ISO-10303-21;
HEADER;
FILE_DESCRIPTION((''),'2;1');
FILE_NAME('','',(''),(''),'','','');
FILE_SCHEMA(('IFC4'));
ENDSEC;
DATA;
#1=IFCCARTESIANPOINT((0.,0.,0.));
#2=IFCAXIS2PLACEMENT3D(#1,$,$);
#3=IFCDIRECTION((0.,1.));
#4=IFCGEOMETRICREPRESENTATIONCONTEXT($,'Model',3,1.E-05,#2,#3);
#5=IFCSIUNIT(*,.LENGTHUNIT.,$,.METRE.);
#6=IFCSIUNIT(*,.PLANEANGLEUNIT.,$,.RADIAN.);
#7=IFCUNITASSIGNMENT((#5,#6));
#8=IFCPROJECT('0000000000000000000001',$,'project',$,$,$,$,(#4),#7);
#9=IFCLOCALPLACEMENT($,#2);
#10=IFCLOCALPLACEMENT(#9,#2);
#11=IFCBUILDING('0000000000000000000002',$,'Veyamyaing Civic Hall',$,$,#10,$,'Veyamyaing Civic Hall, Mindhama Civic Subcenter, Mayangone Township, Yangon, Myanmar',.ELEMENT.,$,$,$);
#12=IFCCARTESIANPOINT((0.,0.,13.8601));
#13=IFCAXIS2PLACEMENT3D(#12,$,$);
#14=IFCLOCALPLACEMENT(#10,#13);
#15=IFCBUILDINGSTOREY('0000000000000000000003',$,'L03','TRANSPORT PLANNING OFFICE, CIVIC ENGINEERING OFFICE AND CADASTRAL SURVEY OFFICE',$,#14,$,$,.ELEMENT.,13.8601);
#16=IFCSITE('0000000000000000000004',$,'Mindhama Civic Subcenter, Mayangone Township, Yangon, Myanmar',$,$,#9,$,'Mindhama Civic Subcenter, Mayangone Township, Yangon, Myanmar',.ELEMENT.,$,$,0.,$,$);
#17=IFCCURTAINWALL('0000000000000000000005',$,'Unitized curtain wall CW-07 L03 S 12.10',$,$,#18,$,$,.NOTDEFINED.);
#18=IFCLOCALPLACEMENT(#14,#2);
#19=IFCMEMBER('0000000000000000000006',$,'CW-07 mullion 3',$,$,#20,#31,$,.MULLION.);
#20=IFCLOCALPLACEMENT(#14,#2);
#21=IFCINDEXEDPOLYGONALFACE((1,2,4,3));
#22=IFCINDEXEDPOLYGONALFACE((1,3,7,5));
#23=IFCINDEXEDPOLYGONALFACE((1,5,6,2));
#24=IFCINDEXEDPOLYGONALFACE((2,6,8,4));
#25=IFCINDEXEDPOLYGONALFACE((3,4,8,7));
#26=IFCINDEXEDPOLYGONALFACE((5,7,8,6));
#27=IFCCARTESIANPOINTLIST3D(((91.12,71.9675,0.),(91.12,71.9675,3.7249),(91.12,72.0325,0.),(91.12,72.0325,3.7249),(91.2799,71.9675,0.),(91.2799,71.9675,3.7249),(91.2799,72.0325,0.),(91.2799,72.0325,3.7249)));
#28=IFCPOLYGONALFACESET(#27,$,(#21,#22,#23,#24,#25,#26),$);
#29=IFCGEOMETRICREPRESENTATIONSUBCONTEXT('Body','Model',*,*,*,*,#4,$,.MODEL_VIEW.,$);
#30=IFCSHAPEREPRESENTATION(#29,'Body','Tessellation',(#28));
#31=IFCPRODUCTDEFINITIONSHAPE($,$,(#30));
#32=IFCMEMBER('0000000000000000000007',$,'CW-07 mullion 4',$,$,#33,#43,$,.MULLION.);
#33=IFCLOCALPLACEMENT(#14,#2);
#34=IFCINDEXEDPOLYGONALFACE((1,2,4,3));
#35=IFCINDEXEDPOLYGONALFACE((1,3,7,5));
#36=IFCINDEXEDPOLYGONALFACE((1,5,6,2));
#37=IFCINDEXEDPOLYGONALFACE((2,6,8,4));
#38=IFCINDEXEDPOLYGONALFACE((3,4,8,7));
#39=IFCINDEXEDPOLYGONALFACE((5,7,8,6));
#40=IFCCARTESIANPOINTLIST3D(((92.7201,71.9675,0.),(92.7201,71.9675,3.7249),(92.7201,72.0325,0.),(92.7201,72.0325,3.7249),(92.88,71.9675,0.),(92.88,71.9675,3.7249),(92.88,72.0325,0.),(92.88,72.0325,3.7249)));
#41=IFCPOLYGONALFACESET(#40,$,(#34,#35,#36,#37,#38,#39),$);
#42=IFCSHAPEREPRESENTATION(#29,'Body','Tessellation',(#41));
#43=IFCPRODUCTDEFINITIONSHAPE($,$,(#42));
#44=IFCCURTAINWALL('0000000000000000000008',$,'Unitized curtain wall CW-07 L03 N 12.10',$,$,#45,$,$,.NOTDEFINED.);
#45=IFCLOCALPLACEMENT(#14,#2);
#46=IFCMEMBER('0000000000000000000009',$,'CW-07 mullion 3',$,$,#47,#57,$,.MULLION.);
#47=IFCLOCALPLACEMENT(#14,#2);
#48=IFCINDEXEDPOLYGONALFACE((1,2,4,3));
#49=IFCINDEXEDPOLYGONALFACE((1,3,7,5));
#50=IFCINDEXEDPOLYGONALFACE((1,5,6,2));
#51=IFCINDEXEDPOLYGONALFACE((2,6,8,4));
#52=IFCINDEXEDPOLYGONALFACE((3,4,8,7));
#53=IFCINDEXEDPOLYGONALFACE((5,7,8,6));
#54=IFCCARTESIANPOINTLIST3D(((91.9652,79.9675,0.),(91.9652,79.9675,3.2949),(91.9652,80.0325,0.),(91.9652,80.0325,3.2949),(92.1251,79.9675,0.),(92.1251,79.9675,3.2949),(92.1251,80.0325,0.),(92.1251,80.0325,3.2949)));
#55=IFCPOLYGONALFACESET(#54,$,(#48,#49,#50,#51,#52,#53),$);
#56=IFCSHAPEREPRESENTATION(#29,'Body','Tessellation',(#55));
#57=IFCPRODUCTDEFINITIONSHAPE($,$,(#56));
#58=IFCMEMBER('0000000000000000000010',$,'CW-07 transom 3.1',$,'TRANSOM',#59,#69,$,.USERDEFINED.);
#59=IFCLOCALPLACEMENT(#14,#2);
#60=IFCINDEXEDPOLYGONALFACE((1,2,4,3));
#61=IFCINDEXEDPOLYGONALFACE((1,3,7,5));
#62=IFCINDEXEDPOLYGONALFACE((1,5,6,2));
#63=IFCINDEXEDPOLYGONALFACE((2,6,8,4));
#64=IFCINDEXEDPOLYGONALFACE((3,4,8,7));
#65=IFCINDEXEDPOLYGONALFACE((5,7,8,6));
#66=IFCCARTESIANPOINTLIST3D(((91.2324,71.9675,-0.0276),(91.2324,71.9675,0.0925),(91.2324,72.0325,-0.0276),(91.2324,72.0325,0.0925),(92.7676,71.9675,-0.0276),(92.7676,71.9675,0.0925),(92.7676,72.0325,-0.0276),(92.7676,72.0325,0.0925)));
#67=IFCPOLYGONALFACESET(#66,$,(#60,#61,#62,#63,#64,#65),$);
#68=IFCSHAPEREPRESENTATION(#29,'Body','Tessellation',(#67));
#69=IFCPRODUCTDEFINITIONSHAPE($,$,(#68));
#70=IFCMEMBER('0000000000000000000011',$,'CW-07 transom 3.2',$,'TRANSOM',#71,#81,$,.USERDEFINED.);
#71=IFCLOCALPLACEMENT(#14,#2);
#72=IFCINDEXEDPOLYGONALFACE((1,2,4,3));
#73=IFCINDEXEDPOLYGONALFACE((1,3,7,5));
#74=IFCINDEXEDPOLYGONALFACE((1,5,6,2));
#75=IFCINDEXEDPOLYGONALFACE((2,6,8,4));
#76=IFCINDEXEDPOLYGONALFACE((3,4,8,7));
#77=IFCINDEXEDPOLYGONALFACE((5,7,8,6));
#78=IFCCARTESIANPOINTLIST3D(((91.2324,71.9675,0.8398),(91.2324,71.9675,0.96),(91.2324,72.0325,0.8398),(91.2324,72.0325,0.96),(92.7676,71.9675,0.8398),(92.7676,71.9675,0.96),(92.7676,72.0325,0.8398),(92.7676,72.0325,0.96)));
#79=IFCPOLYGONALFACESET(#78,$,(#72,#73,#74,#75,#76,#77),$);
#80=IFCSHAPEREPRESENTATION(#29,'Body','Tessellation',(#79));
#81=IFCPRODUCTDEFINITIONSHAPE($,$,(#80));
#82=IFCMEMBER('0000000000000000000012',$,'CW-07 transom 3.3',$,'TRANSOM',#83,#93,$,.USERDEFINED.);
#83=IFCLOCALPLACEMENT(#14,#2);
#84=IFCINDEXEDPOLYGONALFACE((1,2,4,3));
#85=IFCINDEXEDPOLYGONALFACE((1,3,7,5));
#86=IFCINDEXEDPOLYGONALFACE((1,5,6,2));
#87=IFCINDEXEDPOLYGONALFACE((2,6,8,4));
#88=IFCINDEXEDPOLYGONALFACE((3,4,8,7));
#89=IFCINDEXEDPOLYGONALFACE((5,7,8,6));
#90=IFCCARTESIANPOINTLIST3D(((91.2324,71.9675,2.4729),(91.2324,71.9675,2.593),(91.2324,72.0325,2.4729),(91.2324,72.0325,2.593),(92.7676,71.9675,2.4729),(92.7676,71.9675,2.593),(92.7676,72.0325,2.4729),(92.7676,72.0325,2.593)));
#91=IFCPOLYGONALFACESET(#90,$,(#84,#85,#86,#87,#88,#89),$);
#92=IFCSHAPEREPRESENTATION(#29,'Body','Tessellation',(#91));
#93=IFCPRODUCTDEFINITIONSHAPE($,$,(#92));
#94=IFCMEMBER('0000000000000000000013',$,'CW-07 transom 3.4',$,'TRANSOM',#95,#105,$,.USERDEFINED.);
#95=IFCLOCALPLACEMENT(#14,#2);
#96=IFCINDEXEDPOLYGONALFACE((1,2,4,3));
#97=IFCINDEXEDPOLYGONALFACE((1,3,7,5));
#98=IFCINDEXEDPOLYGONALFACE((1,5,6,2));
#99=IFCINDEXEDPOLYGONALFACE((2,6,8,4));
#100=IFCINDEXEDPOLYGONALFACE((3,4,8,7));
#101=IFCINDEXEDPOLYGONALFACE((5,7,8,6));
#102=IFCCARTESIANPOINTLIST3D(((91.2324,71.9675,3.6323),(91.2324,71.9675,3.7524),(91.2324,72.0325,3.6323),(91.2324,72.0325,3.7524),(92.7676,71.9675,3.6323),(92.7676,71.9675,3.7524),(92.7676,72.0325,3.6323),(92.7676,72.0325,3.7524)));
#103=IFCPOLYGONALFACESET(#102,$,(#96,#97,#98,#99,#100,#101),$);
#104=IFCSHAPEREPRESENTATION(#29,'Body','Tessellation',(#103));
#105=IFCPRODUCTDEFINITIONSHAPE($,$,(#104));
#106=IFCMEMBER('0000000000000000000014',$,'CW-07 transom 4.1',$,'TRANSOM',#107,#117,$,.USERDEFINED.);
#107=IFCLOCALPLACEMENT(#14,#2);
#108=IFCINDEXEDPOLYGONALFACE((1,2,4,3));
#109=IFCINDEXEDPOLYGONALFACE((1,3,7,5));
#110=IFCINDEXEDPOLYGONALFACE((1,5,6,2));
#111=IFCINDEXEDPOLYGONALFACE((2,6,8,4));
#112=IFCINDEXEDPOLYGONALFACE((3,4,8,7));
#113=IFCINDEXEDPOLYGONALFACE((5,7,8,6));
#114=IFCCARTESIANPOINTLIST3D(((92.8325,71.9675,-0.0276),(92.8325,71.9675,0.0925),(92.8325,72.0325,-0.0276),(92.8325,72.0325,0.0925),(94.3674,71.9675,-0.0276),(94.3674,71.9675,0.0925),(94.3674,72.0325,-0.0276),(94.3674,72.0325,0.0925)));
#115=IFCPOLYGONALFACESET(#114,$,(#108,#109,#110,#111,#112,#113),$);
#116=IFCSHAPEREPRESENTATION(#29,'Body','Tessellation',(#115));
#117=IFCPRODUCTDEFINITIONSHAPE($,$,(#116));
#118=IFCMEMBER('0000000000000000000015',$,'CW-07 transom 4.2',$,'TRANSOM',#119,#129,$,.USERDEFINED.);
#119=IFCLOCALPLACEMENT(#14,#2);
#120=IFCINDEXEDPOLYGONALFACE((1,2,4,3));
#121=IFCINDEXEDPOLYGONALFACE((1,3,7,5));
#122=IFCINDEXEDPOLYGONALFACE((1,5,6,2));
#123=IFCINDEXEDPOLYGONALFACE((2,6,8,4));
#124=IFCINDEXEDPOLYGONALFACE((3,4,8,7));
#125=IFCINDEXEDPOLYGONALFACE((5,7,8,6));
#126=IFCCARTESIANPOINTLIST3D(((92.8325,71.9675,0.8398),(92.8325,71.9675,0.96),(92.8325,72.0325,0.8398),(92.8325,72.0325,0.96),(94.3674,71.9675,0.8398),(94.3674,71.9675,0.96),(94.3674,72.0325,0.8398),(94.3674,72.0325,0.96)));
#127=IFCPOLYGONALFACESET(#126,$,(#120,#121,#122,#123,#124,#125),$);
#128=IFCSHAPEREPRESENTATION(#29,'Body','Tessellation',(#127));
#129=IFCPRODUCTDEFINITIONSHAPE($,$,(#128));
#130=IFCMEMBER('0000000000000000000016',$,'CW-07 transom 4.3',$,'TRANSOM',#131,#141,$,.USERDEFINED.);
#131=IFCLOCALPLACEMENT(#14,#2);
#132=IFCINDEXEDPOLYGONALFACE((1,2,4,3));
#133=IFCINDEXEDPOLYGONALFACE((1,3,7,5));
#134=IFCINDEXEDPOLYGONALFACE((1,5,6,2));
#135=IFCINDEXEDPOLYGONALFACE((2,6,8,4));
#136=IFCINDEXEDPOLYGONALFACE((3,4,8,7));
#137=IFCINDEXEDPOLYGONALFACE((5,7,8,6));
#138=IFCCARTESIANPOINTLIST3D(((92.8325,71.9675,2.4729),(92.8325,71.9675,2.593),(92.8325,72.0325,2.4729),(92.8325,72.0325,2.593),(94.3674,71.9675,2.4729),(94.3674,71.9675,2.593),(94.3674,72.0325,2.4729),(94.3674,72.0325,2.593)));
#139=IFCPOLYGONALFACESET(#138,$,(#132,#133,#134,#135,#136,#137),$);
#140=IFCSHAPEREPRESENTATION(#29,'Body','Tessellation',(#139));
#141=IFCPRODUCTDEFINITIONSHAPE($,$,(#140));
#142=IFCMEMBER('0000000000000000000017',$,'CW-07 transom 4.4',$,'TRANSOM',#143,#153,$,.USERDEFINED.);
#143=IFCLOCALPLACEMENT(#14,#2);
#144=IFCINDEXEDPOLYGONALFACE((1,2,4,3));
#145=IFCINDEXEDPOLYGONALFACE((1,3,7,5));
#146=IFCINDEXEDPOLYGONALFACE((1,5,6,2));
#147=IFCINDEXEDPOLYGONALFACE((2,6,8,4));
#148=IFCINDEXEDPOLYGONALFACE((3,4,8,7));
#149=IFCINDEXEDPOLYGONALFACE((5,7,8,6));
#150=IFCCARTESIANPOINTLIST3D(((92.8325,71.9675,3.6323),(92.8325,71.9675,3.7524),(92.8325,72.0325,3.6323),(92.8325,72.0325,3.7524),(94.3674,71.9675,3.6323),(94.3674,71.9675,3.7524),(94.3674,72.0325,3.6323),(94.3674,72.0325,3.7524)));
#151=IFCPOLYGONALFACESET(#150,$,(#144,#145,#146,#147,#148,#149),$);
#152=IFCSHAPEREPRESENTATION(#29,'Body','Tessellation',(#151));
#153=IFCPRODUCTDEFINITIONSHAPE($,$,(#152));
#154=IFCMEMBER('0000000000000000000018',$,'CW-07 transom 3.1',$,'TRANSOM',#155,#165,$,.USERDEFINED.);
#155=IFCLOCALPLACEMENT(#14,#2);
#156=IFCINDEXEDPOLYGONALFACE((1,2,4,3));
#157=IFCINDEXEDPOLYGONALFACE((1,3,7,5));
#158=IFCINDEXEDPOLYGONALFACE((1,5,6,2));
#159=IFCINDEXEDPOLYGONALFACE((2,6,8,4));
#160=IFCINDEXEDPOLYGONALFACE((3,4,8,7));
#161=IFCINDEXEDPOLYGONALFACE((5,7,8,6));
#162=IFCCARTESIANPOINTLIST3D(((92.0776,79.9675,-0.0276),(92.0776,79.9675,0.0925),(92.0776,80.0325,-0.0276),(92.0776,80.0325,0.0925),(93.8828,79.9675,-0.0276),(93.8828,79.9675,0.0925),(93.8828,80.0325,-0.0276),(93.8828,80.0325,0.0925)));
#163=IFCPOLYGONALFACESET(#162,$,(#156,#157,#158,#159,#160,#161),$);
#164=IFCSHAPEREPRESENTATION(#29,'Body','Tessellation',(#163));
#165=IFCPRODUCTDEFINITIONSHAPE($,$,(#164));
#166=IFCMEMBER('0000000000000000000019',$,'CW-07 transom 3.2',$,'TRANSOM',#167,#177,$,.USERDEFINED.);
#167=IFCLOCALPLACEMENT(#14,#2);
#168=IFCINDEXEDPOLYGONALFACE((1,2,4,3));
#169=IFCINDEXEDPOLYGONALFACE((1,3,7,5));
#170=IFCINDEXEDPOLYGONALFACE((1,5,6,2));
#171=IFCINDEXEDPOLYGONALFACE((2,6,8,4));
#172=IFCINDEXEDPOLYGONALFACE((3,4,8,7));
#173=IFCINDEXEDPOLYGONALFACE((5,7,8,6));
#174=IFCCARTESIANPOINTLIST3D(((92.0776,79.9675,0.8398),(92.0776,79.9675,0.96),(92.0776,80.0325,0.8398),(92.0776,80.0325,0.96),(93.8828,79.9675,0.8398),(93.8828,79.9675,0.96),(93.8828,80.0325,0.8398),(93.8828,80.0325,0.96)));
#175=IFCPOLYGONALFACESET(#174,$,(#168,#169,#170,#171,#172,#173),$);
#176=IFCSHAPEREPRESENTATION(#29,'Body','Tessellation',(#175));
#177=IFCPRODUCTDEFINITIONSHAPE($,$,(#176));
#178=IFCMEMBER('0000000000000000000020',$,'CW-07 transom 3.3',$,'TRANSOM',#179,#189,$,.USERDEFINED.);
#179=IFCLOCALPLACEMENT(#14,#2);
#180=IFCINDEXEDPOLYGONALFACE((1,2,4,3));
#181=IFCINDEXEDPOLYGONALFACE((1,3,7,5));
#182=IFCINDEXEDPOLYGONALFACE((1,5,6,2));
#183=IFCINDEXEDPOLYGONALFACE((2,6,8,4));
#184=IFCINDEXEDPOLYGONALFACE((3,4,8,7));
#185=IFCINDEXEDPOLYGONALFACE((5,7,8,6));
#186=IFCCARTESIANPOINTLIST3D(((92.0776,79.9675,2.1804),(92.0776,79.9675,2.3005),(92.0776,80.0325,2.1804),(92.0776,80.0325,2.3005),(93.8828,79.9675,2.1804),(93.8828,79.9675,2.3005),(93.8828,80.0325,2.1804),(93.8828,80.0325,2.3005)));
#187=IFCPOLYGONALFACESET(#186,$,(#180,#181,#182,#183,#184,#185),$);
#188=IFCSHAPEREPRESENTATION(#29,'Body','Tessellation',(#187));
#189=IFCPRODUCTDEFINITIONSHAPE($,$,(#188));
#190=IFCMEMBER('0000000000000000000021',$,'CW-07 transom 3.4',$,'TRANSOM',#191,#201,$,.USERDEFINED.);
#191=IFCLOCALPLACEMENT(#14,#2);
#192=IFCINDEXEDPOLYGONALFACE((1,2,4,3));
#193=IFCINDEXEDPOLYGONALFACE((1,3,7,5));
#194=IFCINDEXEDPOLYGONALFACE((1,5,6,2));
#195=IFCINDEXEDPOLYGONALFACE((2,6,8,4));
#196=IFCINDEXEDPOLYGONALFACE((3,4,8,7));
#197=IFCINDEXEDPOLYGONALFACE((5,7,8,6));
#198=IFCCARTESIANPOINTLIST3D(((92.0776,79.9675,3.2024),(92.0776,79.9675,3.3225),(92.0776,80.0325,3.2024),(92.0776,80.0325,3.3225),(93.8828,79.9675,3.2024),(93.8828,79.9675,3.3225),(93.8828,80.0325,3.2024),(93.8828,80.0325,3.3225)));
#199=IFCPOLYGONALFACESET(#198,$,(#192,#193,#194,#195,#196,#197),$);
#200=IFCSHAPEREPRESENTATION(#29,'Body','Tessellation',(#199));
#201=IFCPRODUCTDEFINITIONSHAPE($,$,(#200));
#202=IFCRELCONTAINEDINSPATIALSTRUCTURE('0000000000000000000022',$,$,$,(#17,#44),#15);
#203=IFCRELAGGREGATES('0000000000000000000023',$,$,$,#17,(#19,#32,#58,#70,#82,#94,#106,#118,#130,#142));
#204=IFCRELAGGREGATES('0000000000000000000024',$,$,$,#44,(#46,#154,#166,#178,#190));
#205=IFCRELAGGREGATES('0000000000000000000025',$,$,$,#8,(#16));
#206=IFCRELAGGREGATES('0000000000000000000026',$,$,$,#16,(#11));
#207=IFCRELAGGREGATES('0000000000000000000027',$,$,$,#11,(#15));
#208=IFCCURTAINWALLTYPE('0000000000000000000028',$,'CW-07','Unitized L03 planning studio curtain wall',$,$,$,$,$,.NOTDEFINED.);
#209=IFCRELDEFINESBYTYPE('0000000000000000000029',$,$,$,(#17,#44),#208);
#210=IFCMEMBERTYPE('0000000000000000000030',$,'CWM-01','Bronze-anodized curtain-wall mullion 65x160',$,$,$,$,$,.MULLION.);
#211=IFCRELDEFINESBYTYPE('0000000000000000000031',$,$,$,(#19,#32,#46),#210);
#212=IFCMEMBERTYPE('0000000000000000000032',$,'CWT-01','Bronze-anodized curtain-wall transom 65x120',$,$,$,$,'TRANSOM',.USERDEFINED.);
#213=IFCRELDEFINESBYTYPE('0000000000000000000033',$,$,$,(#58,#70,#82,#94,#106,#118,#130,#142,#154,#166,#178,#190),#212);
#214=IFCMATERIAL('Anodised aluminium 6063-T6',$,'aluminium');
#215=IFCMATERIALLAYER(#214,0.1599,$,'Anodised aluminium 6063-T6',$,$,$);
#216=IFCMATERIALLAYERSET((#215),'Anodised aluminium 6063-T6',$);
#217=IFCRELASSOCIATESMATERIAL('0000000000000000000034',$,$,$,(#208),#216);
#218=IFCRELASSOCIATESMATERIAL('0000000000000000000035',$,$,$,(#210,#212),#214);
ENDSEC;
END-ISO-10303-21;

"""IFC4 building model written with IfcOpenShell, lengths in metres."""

from ifc_helpers import new_model, si_unit, direction, frame, origin, origin_2d, place, context, subcontext, project, spatial, rectangle, extrude, material, layer, layer_set, material_profile, profile_set, type_object, element, aggregate, save


model = new_model("IFC4")

# Units and contexts
model_context = context("Model", 3, precision=1e-05, world=origin(), true_north=direction((0.0, 1.0)))
body_context = subcontext(model_context, "Body", "Model", "MODEL_VIEW")
ifc_project = project(units=[si_unit("LENGTHUNIT", "METRE"), si_unit("PLANEANGLEUNIT", "RADIAN")], contexts=[model_context])

# Site, building, storey
site_placement = place(None, origin())
site = spatial("IfcSite", under=ifc_project, at=site_placement, Name="Mindhama Civic Subcenter, Mayangone Township, Yangon, Myanmar", LongName="Mindhama Civic Subcenter, Mayangone Township, Yangon, Myanmar", CompositionType="ELEMENT", RefElevation=0.0)
building_placement = place(site_placement, origin())
building = spatial("IfcBuilding", under=site, at=building_placement, Name="Veyamyaing Civic Hall", LongName="Veyamyaing Civic Hall, Mindhama Civic Subcenter, Mayangone Township, Yangon, Myanmar", CompositionType="ELEMENT")
storey_placement = place(building_placement, frame((0.0, 0.0, 13.8601)))
storey = spatial("IfcBuildingStorey", under=building, at=storey_placement, Name="L03", Description="TRANSPORT PLANNING OFFICE, CIVIC ENGINEERING OFFICE AND CADASTRAL SURVEY OFFICE", CompositionType="ELEMENT", Elevation=13.8601)

# Curtain wall, members
ifc_material_1 = material(Name="Anodised aluminium 6063-T6", Category="aluminium")
ifc_layer_1 = layer(ifc_material_1, 0.1599, Name="Anodised aluminium 6063-T6")
ifc_layer_set_1 = layer_set([ifc_layer_1], Name="Anodised aluminium 6063-T6")
curtain_wall_type = type_object("IfcCurtainWallType", Name="CW-07", Description="Unitized L03 planning studio curtain wall", PredefinedType="NOTDEFINED", material=ifc_layer_set_1)
curtain_wall_1_placement = place(storey_placement, origin())
curtain_wall_1 = element("IfcCurtainWall", 1, at=curtain_wall_1_placement, inside=storey, type_object=curtain_wall_type, Name="Unitized curtain wall CW-07 L03 S 12.10", PredefinedType="NOTDEFINED")
ifc_material_profile_1 = material_profile(ifc_material_1, rectangle(XDim=0.0649, YDim=0.1599, at=origin_2d()), Name="ALU-MUL-65X160")
ifc_profile_set_1 = profile_set([ifc_material_profile_1], Name="Anodised aluminium 6063-T6")
member_type_1 = type_object("IfcMemberType", Name="CWM-01", Description="Bronze-anodized curtain-wall mullion 65x160", PredefinedType="MULLION", material=ifc_profile_set_1)
member_1_placement = place(storey_placement, frame((91.2, 72.0, 0.0), z_axis=(0.0, 0.0, 1.0), x_axis=(0.0, 1.0, 0.0)))
member_1 = element("IfcMember", 2, at=member_1_placement, type_object=member_type_1, Name="CW-07 mullion 3", PredefinedType="MULLION", context=body_context, shape_type="SweptSolid", body=[
    extrude(rectangle(XDim=0.0649, YDim=0.1599, at=origin_2d()), origin(), (0.0, 0.0, 1.0), 3.7249),
])
member_2_placement = place(storey_placement, frame((92.8, 72.0, 0.0), z_axis=(0.0, 0.0, 1.0), x_axis=(0.0, 1.0, 0.0)))
member_2 = element("IfcMember", 3, at=member_2_placement, type_object=member_type_1, Name="CW-07 mullion 4", PredefinedType="MULLION", context=body_context, shape_type="SweptSolid", body=[
    extrude(rectangle(XDim=0.0649, YDim=0.1599, at=origin_2d()), origin(), (0.0, 0.0, 1.0), 3.7249),
])

# Curtain wall, member
curtain_wall_2_placement = place(storey_placement, origin())
curtain_wall_2 = element("IfcCurtainWall", 4, at=curtain_wall_2_placement, inside=storey, type_object=curtain_wall_type, Name="Unitized curtain wall CW-07 L03 N 12.10", PredefinedType="NOTDEFINED")
member_3_placement = place(storey_placement, frame((92.0452, 80.0, 0.0), z_axis=(0.0, 0.0, 1.0), x_axis=(0.0, 1.0, 0.0)))
member_3 = element("IfcMember", 5, at=member_3_placement, type_object=member_type_1, Name="CW-07 mullion 3", PredefinedType="MULLION", context=body_context, shape_type="SweptSolid", body=[
    extrude(rectangle(XDim=0.0649, YDim=0.1599, at=origin_2d()), origin(), (0.0, 0.0, 1.0), 3.2949),
])

# Members
ifc_material_profile_2 = material_profile(ifc_material_1, rectangle(XDim=0.0649, YDim=0.1201, at=origin_2d()), Name="ALU-TRN-65X120")
ifc_profile_set_2 = profile_set([ifc_material_profile_2], Name="Anodised aluminium 6063-T6")
member_type_2 = type_object("IfcMemberType", Name="CWT-01", Description="Bronze-anodized curtain-wall transom 65x120", ElementType="TRANSOM", PredefinedType="USERDEFINED", material=ifc_profile_set_2)
member_4_placement = place(storey_placement, frame((91.2324, 72.0, 0.0325), z_axis=(1.0, 0.0, 0.0), x_axis=(0.0, 1.0, 0.0)))
member_4 = element("IfcMember", 6, at=member_4_placement, type_object=member_type_2, Name="CW-07 transom 3.1", ObjectType="TRANSOM", PredefinedType="USERDEFINED", context=body_context, shape_type="SweptSolid", body=[
    extrude(rectangle(XDim=0.0649, YDim=0.1201, at=origin_2d()), origin(), (0.0, 0.0, 1.0), 1.5352),
])
member_5_placement = place(storey_placement, frame((91.2324, 72.0, 0.8999), z_axis=(1.0, 0.0, 0.0), x_axis=(0.0, 1.0, 0.0)))
member_5 = element("IfcMember", 7, at=member_5_placement, type_object=member_type_2, Name="CW-07 transom 3.2", ObjectType="TRANSOM", PredefinedType="USERDEFINED", context=body_context, shape_type="SweptSolid", body=[
    extrude(rectangle(XDim=0.0649, YDim=0.1201, at=origin_2d()), origin(), (0.0, 0.0, 1.0), 1.5352),
])
member_6_placement = place(storey_placement, frame((91.2324, 72.0, 2.533), z_axis=(1.0, 0.0, 0.0), x_axis=(0.0, 1.0, 0.0)))
member_6 = element("IfcMember", 8, at=member_6_placement, type_object=member_type_2, Name="CW-07 transom 3.3", ObjectType="TRANSOM", PredefinedType="USERDEFINED", context=body_context, shape_type="SweptSolid", body=[
    extrude(rectangle(XDim=0.0649, YDim=0.1201, at=origin_2d()), origin(), (0.0, 0.0, 1.0), 1.5352),
])
member_7_placement = place(storey_placement, frame((91.2324, 72.0, 3.6924), z_axis=(1.0, 0.0, 0.0), x_axis=(0.0, 1.0, 0.0)))
member_7 = element("IfcMember", 9, at=member_7_placement, type_object=member_type_2, Name="CW-07 transom 3.4", ObjectType="TRANSOM", PredefinedType="USERDEFINED", context=body_context, shape_type="SweptSolid", body=[
    extrude(rectangle(XDim=0.0649, YDim=0.1201, at=origin_2d()), origin(), (0.0, 0.0, 1.0), 1.5352),
])
member_8_placement = place(storey_placement, frame((92.8325, 72.0, 0.0325), z_axis=(1.0, 0.0, 0.0), x_axis=(0.0, 1.0, 0.0)))
member_8 = element("IfcMember", 10, at=member_8_placement, type_object=member_type_2, Name="CW-07 transom 4.1", ObjectType="TRANSOM", PredefinedType="USERDEFINED", context=body_context, shape_type="SweptSolid", body=[
    extrude(rectangle(XDim=0.0649, YDim=0.1201, at=origin_2d()), origin(), (0.0, 0.0, 1.0), 1.5349),
])
member_9_placement = place(storey_placement, frame((92.8325, 72.0, 0.8999), z_axis=(1.0, 0.0, 0.0), x_axis=(0.0, 1.0, 0.0)))
member_9 = element("IfcMember", 11, at=member_9_placement, type_object=member_type_2, Name="CW-07 transom 4.2", ObjectType="TRANSOM", PredefinedType="USERDEFINED", context=body_context, shape_type="SweptSolid", body=[
    extrude(rectangle(XDim=0.0649, YDim=0.1201, at=origin_2d()), origin(), (0.0, 0.0, 1.0), 1.5349),
])
member_10_placement = place(storey_placement, frame((92.8325, 72.0, 2.533), z_axis=(1.0, 0.0, 0.0), x_axis=(0.0, 1.0, 0.0)))
member_10 = element("IfcMember", 12, at=member_10_placement, type_object=member_type_2, Name="CW-07 transom 4.3", ObjectType="TRANSOM", PredefinedType="USERDEFINED", context=body_context, shape_type="SweptSolid", body=[
    extrude(rectangle(XDim=0.0649, YDim=0.1201, at=origin_2d()), origin(), (0.0, 0.0, 1.0), 1.5349),
])
member_11_placement = place(storey_placement, frame((92.8325, 72.0, 3.6924), z_axis=(1.0, 0.0, 0.0), x_axis=(0.0, 1.0, 0.0)))
member_11 = element("IfcMember", 13, at=member_11_placement, type_object=member_type_2, Name="CW-07 transom 4.4", ObjectType="TRANSOM", PredefinedType="USERDEFINED", context=body_context, shape_type="SweptSolid", body=[
    extrude(rectangle(XDim=0.0649, YDim=0.1201, at=origin_2d()), origin(), (0.0, 0.0, 1.0), 1.5349),
])
member_12_placement = place(storey_placement, frame((92.0776, 80.0, 0.0325), z_axis=(1.0, 0.0, 0.0), x_axis=(0.0, 1.0, 0.0)))
member_12 = element("IfcMember", 14, at=member_12_placement, type_object=member_type_2, Name="CW-07 transom 3.1", ObjectType="TRANSOM", PredefinedType="USERDEFINED", context=body_context, shape_type="SweptSolid", body=[
    extrude(rectangle(XDim=0.0649, YDim=0.1201, at=origin_2d()), origin(), (0.0, 0.0, 1.0), 1.8052),
])
member_13_placement = place(storey_placement, frame((92.0776, 80.0, 0.8999), z_axis=(1.0, 0.0, 0.0), x_axis=(0.0, 1.0, 0.0)))
member_13 = element("IfcMember", 15, at=member_13_placement, type_object=member_type_2, Name="CW-07 transom 3.2", ObjectType="TRANSOM", PredefinedType="USERDEFINED", context=body_context, shape_type="SweptSolid", body=[
    extrude(rectangle(XDim=0.0649, YDim=0.1201, at=origin_2d()), origin(), (0.0, 0.0, 1.0), 1.8052),
])
member_14_placement = place(storey_placement, frame((92.0776, 80.0, 2.2405), z_axis=(1.0, 0.0, 0.0), x_axis=(0.0, 1.0, 0.0)))
member_14 = element("IfcMember", 16, at=member_14_placement, type_object=member_type_2, Name="CW-07 transom 3.3", ObjectType="TRANSOM", PredefinedType="USERDEFINED", context=body_context, shape_type="SweptSolid", body=[
    extrude(rectangle(XDim=0.0649, YDim=0.1201, at=origin_2d()), origin(), (0.0, 0.0, 1.0), 1.8052),
])
member_15_placement = place(storey_placement, frame((92.0776, 80.0, 3.2625), z_axis=(1.0, 0.0, 0.0), x_axis=(0.0, 1.0, 0.0)))
member_15 = element("IfcMember", 17, at=member_15_placement, type_object=member_type_2, Name="CW-07 transom 3.4", ObjectType="TRANSOM", PredefinedType="USERDEFINED", context=body_context, shape_type="SweptSolid", body=[
    extrude(rectangle(XDim=0.0649, YDim=0.1201, at=origin_2d()), origin(), (0.0, 0.0, 1.0), 1.8052),
])

aggregate(curtain_wall_1, [member_1, member_2, member_4, member_5, member_6, member_7, member_8, member_9, member_10, member_11])
aggregate(curtain_wall_2, [member_3, member_12, member_13, member_14, member_15])

save(model, "model.ifc")
